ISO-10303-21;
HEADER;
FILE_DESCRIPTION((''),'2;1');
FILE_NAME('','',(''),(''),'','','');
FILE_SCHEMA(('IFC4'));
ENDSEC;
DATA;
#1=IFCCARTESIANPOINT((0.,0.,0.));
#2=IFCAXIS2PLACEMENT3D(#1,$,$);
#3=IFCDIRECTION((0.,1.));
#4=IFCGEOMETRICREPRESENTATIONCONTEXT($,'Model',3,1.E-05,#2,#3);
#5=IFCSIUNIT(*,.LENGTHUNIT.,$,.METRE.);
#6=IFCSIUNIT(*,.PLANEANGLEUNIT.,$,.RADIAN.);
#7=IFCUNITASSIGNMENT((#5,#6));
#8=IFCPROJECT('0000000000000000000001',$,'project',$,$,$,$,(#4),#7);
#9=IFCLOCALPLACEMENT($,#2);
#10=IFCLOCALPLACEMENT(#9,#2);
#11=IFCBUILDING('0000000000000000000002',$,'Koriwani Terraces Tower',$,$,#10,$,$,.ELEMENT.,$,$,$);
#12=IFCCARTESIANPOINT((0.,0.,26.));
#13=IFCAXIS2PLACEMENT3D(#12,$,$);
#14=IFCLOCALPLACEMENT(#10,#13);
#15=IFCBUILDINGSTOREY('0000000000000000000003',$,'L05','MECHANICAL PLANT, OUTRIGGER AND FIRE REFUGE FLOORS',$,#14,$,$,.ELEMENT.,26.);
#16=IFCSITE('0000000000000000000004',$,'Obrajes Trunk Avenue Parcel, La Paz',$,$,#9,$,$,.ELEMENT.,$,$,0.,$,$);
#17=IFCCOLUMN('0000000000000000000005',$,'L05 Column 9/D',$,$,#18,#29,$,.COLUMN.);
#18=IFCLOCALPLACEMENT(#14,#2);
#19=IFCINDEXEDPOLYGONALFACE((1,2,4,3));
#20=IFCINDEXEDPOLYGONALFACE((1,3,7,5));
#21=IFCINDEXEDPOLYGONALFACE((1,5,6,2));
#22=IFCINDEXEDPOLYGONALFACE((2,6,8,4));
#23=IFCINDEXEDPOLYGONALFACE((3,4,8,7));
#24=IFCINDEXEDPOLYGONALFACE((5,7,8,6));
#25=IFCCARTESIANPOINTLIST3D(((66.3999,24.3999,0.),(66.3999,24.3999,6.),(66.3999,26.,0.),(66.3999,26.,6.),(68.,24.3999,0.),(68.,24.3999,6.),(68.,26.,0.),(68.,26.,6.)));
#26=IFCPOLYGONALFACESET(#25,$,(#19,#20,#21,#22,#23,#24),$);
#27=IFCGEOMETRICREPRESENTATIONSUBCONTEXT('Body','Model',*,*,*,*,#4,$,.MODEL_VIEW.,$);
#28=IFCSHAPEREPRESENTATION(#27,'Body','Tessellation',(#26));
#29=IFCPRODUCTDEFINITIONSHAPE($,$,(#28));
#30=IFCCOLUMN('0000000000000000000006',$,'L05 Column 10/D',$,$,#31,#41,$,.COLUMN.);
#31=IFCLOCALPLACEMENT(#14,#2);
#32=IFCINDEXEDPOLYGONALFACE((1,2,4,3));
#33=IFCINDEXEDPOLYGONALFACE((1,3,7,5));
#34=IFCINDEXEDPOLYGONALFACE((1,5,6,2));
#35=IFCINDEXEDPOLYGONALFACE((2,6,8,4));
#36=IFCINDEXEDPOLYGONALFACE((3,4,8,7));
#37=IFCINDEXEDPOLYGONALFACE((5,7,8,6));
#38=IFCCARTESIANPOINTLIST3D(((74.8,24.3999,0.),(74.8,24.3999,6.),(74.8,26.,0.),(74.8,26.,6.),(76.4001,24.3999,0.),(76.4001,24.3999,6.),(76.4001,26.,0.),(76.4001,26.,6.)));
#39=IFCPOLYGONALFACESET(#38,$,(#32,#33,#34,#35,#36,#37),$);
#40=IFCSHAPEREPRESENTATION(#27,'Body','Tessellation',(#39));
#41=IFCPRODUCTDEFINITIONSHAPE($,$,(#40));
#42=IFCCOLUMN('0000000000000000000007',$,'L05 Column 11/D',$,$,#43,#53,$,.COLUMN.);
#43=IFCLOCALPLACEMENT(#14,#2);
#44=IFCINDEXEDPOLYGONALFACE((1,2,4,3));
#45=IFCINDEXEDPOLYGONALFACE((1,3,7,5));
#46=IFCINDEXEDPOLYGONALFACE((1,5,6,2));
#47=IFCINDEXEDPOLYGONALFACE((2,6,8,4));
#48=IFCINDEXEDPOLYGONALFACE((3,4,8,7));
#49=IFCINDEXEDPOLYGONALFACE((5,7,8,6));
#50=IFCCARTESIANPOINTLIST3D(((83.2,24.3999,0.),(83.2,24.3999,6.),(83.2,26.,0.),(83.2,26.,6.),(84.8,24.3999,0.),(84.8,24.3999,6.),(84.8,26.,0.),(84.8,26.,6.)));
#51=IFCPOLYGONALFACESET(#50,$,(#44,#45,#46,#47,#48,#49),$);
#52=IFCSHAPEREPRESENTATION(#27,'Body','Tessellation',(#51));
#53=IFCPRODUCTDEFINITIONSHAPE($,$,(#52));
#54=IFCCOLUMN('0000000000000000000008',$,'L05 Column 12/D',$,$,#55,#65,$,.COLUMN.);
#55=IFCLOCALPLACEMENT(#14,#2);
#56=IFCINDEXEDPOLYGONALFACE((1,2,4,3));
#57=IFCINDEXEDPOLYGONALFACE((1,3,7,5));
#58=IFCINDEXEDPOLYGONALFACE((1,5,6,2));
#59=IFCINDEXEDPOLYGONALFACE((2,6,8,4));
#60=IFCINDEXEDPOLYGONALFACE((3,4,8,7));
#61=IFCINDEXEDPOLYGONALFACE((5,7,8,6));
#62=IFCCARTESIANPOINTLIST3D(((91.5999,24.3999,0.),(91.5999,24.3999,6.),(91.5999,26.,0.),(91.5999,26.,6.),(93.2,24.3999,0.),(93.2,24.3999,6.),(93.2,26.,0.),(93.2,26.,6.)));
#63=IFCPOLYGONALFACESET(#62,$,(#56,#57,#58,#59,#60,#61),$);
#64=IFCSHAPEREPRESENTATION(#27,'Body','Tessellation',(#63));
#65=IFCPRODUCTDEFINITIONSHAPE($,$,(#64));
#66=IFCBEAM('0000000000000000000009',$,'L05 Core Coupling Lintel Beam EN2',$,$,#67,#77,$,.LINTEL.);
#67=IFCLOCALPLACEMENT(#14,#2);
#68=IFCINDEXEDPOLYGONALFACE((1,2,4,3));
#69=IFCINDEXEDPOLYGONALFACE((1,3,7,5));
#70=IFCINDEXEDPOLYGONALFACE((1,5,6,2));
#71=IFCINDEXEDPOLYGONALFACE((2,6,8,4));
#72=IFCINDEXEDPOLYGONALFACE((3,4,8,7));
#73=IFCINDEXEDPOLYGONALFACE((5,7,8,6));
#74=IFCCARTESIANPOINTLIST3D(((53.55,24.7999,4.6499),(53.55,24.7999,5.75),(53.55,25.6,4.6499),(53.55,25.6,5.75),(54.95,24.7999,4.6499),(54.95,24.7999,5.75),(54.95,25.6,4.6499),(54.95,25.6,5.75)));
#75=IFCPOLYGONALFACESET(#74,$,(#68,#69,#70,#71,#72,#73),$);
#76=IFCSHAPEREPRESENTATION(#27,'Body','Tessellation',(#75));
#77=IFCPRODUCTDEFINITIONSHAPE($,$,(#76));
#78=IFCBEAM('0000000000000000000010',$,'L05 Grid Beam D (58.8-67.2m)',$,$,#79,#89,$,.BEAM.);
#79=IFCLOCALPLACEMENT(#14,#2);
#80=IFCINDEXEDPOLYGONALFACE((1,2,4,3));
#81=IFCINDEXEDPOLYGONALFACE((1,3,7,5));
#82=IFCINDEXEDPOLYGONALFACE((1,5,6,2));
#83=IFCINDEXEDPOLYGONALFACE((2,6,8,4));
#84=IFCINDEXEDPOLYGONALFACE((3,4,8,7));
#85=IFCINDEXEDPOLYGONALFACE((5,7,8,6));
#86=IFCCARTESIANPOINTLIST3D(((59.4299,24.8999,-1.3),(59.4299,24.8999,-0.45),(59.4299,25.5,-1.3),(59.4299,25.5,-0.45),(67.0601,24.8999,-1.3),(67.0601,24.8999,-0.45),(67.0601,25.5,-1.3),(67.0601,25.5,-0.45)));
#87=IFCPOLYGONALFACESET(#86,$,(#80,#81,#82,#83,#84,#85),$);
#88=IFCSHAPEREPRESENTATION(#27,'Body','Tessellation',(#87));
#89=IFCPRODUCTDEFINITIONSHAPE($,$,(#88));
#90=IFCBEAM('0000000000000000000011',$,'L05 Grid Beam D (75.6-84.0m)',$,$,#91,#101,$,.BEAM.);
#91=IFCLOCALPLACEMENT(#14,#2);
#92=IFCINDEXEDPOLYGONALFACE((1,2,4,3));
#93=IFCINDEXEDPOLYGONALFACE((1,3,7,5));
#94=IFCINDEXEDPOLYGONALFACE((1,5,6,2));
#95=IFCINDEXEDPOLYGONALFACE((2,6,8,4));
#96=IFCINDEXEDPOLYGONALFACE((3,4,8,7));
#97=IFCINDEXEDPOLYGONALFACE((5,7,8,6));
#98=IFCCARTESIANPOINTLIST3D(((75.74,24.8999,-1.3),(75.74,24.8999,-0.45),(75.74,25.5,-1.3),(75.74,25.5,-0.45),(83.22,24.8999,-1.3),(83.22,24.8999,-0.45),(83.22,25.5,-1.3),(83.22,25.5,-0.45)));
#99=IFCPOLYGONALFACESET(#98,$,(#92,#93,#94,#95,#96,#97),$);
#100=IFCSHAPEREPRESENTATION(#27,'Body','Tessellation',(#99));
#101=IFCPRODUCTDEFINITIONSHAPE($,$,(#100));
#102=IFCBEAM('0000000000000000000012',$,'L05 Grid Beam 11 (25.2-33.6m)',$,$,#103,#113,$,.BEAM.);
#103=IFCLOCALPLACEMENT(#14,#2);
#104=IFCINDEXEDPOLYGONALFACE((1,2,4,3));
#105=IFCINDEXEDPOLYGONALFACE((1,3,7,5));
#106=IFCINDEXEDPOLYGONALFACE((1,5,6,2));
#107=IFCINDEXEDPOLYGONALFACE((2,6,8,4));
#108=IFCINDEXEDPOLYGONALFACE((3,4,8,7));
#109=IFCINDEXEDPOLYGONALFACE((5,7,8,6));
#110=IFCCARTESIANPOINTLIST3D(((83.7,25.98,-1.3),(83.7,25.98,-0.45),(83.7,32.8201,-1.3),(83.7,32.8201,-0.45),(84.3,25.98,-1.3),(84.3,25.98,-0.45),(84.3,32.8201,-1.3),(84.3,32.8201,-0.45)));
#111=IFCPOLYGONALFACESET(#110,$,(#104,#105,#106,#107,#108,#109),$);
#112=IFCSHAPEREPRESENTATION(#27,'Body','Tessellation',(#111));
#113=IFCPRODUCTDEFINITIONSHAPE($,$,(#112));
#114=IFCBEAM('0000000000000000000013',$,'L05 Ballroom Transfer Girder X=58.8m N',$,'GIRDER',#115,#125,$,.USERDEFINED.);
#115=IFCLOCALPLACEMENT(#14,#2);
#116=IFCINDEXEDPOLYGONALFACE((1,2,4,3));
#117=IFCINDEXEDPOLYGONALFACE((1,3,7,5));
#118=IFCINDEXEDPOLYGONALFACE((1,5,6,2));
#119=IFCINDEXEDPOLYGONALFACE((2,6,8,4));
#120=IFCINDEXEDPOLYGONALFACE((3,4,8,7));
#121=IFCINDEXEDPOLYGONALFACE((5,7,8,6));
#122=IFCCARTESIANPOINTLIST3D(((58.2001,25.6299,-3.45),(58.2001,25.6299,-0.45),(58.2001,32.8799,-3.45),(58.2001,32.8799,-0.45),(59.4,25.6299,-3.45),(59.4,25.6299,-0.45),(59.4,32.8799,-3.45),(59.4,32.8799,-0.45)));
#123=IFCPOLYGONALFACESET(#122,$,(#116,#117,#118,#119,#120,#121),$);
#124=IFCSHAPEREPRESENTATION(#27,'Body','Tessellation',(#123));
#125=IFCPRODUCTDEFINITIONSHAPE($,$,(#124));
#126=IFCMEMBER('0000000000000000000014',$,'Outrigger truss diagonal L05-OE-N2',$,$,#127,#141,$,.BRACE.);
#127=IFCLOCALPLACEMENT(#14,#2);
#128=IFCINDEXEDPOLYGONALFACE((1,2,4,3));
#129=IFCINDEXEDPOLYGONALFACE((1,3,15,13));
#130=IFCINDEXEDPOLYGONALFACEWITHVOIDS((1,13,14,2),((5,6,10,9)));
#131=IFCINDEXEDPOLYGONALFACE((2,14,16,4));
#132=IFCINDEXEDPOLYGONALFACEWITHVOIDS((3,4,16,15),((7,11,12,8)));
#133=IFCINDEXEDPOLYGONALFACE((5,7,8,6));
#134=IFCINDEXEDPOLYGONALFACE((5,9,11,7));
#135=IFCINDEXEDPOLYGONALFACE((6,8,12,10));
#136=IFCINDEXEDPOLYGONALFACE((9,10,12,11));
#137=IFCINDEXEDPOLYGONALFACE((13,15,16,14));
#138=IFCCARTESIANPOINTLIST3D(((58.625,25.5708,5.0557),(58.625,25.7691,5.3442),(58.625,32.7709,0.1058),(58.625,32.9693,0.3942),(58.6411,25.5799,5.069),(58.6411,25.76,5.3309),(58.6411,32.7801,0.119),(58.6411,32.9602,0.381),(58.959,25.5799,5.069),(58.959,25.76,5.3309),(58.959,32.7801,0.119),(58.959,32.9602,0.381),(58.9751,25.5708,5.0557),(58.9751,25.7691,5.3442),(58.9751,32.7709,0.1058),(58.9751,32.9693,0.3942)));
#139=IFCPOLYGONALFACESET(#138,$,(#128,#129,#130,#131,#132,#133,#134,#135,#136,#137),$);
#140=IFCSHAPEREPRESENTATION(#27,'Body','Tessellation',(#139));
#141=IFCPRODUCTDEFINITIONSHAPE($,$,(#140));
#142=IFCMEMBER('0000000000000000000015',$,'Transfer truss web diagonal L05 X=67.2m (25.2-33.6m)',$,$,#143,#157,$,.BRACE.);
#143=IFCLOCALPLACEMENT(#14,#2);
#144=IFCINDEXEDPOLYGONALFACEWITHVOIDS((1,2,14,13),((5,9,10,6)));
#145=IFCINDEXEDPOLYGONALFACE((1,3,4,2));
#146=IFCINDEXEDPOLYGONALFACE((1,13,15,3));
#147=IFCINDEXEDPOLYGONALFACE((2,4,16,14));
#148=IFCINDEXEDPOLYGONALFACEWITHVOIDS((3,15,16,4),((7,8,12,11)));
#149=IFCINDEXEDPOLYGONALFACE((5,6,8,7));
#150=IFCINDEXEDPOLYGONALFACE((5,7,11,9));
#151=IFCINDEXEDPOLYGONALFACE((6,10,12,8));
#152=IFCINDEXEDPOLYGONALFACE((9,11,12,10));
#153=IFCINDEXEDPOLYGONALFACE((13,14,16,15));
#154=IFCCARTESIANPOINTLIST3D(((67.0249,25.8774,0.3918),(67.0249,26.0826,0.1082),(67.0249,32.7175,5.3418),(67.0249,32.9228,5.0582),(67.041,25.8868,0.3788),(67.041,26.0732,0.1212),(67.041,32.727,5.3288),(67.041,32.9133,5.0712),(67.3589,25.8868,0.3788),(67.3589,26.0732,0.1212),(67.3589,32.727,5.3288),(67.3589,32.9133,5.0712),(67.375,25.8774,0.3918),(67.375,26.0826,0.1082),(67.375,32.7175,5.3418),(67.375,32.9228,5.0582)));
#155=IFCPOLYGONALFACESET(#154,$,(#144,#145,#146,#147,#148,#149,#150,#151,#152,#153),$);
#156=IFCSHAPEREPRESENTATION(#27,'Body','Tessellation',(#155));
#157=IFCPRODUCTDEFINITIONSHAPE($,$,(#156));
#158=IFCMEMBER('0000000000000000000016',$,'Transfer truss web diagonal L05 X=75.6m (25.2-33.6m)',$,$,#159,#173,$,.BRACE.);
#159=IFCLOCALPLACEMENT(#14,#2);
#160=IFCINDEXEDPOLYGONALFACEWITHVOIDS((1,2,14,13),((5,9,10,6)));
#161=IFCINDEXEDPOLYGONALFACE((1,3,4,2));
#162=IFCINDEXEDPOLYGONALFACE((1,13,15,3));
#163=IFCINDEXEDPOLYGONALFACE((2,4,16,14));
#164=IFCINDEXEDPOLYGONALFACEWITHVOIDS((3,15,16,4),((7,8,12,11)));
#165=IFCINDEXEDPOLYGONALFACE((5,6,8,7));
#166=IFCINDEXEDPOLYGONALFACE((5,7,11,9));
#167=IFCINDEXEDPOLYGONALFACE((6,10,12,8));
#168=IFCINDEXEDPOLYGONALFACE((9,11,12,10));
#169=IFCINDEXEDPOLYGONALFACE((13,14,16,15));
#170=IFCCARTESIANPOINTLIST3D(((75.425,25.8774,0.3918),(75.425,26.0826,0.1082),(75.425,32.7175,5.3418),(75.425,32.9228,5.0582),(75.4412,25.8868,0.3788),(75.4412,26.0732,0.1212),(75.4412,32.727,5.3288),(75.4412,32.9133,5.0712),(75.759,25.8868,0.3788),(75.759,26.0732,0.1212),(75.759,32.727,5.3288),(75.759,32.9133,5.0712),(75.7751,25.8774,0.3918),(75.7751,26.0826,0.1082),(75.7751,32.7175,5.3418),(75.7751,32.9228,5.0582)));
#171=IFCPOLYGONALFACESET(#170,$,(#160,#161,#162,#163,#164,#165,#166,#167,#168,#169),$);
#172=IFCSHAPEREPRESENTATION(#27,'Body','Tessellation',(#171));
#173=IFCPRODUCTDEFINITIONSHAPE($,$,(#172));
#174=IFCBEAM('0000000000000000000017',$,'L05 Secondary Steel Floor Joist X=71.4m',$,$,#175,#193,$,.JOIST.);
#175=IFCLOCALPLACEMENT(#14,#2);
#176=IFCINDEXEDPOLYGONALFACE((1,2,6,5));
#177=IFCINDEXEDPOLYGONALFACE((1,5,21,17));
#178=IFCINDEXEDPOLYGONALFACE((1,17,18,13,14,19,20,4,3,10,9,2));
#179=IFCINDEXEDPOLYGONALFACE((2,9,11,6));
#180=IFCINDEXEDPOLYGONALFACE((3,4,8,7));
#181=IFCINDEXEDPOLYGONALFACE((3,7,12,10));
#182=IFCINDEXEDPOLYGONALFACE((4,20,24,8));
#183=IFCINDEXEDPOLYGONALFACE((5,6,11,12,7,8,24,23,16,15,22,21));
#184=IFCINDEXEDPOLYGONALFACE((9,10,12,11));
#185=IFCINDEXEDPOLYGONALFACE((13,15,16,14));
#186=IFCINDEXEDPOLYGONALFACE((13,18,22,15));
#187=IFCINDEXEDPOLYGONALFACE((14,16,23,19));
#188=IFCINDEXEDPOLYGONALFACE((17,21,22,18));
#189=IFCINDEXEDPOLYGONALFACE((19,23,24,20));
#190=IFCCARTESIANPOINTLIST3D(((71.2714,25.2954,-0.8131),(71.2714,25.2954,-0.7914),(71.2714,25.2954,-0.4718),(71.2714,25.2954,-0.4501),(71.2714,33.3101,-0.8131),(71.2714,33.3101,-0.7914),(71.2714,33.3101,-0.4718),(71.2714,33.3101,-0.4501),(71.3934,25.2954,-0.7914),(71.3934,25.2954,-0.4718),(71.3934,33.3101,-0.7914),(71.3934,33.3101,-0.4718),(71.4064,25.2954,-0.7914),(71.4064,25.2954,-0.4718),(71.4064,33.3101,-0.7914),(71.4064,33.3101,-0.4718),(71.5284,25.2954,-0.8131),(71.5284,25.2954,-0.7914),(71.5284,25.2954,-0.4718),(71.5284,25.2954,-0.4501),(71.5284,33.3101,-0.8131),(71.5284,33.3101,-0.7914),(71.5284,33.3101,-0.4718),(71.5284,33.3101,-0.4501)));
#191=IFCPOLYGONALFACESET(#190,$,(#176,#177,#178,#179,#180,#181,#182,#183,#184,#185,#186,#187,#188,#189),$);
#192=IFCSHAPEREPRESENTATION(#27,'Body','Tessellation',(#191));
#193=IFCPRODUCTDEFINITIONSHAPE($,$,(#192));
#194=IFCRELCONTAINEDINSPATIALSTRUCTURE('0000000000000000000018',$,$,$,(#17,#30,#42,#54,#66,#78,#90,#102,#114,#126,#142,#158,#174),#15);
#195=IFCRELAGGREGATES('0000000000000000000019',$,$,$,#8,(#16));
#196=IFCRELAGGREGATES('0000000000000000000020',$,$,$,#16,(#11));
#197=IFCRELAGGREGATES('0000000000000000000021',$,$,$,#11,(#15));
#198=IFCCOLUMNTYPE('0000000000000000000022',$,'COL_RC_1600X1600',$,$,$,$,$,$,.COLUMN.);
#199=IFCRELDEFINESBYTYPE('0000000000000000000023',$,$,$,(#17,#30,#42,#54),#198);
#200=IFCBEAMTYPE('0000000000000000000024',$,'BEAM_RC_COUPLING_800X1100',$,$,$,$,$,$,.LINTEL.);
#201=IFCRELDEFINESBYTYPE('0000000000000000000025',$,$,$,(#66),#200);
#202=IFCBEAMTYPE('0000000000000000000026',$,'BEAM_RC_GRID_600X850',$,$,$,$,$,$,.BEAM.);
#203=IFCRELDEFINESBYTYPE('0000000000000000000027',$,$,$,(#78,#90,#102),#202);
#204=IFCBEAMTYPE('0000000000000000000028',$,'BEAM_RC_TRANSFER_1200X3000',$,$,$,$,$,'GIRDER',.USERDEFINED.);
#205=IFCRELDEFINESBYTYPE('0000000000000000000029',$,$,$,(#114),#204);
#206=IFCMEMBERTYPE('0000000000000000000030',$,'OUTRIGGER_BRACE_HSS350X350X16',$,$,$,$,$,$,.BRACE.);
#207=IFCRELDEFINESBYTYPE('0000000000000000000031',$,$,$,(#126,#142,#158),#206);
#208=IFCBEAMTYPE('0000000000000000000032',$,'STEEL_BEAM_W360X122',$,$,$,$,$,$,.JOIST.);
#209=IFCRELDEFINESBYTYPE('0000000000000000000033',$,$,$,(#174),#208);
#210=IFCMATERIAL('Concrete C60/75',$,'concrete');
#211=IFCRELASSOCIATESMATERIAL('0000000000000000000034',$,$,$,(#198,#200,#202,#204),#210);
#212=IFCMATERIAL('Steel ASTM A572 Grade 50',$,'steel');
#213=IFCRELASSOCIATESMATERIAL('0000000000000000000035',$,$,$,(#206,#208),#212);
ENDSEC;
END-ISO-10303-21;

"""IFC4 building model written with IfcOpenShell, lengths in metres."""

from ifc_helpers import new_model, si_unit, direction, frame, origin, origin_2d, place, context, subcontext, project, spatial, rectangle, hollow_rectangle, i_section, extrude, material, material_profile, profile_set, type_object, element, save


model = new_model("IFC4")

# Units and contexts
model_context = context("Model", 3, precision=1e-05, world=origin(), true_north=direction((0.0, 1.0)))
body_context = subcontext(model_context, "Body", "Model", "MODEL_VIEW")
ifc_project = project(units=[si_unit("LENGTHUNIT", "METRE"), si_unit("PLANEANGLEUNIT", "RADIAN")], contexts=[model_context])

# Site, building, storey
site_placement = place(None, origin())
site = spatial("IfcSite", under=ifc_project, at=site_placement, Name="Obrajes Trunk Avenue Parcel, La Paz", CompositionType="ELEMENT", RefElevation=0.0)
building_placement = place(site_placement, origin())
building = spatial("IfcBuilding", under=site, at=building_placement, Name="Koriwani Terraces Tower", CompositionType="ELEMENT")
storey_placement = place(building_placement, frame((0.0, 0.0, 26.0)))
storey = spatial("IfcBuildingStorey", under=building, at=storey_placement, Name="L05", Description="MECHANICAL PLANT, OUTRIGGER AND FIRE REFUGE FLOORS", CompositionType="ELEMENT", Elevation=26.0)

# Columns
ifc_material_1 = material(Name="Concrete C60/75", Category="concrete")
ifc_material_profile_1 = material_profile(ifc_material_1, rectangle(XDim=1.6001, YDim=1.6001, at=origin_2d()), Name="Concrete C60/75", Category="LoadBearing")
ifc_profile_set_1 = profile_set([ifc_material_profile_1], Name="Concrete C60/75")
column_type = type_object("IfcColumnType", Name="COL_RC_1600X1600", PredefinedType="COLUMN", material=ifc_profile_set_1)
for number, where, z_axis, x_axis, name in (
    (1, (67.2, 25.2, 0.0), (0.0, 0.0, 1.0), (1.0, 0.0, 0.0), "L05 Column 9/D"),
    (2, (75.6001, 25.2, 0.0), (0.0, 0.0, 1.0), (1.0, 0.0, 0.0), "L05 Column 10/D"),
    (3, (84.0, 25.2, 0.0), (0.0, 0.0, 1.0), (1.0, 0.0, 0.0), "L05 Column 11/D"),
    (4, (92.3999, 25.2, 0.0), (0.0, 0.0, 1.0), (1.0, 0.0, 0.0), "L05 Column 12/D"),
):
    element("IfcColumn", number, at=place(storey_placement, frame(where, z_axis=z_axis, x_axis=x_axis)), inside=storey, type_object=column_type, Name=name, PredefinedType="COLUMN", context=body_context, shape_type="SweptSolid", body=[
        extrude(rectangle(XDim=1.6001, YDim=1.6001, at=origin_2d()), origin(), (0.0, 0.0, 1.0), 6.0),
    ])

# Beams
ifc_material_profile_2 = material_profile(ifc_material_1, rectangle(XDim=0.8, YDim=1.1001, at=origin_2d()), Name="Concrete C60/75", Category="LoadBearing")
ifc_profile_set_2 = profile_set([ifc_material_profile_2], Name="Concrete C60/75")
beam_type_1 = type_object("IfcBeamType", Name="BEAM_RC_COUPLING_800X1100", PredefinedType="LINTEL", material=ifc_profile_set_2)
beam_1_placement = place(storey_placement, frame((53.55, 25.2, 5.2), z_axis=(1.0, 0.0, 0.0), x_axis=(0.0, 1.0, 0.0)))
element("IfcBeam", 5, at=beam_1_placement, inside=storey, type_object=beam_type_1, Name="L05 Core Coupling Lintel Beam EN2", PredefinedType="LINTEL", context=body_context, shape_type="SweptSolid", body=[
    extrude(rectangle(XDim=0.8, YDim=1.1001, at=origin_2d()), origin(), (0.0, 0.0, 1.0), 1.3999),
])
ifc_material_profile_3 = material_profile(ifc_material_1, rectangle(XDim=0.6001, YDim=0.8501, at=origin_2d()), Name="Concrete C60/75", Category="LoadBearing")
ifc_profile_set_3 = profile_set([ifc_material_profile_3], Name="Concrete C60/75")
beam_type_2 = type_object("IfcBeamType", Name="BEAM_RC_GRID_600X850", PredefinedType="BEAM", material=ifc_profile_set_3)
beam_2_placement = place(storey_placement, frame((59.4299, 25.2, -0.875), z_axis=(1.0, 0.0, 0.0), x_axis=(0.0, 1.0, 0.0)))
element("IfcBeam", 6, at=beam_2_placement, inside=storey, type_object=beam_type_2, Name="L05 Grid Beam D (58.8-67.2m)", PredefinedType="BEAM", context=body_context, shape_type="SweptSolid", body=[
    extrude(rectangle(XDim=0.6001, YDim=0.8501, at=origin_2d()), origin(), (0.0, 0.0, 1.0), 7.6301),
])
beam_3_placement = place(storey_placement, frame((75.74, 25.2, -0.875), z_axis=(1.0, 0.0, 0.0), x_axis=(0.0, 1.0, 0.0)))
element("IfcBeam", 7, at=beam_3_placement, inside=storey, type_object=beam_type_2, Name="L05 Grid Beam D (75.6-84.0m)", PredefinedType="BEAM", context=body_context, shape_type="SweptSolid", body=[
    extrude(rectangle(XDim=0.6001, YDim=0.8501, at=origin_2d()), origin(), (0.0, 0.0, 1.0), 7.48),
])
beam_4_placement = place(storey_placement, frame((84.0, 25.98, -0.875), z_axis=(0.0, 1.0, 0.0), x_axis=(-1.0, 0.0, 0.0)))
element("IfcBeam", 8, at=beam_4_placement, inside=storey, type_object=beam_type_2, Name="L05 Grid Beam 11 (25.2-33.6m)", PredefinedType="BEAM", context=body_context, shape_type="SweptSolid", body=[
    extrude(rectangle(XDim=0.6001, YDim=0.8501, at=origin_2d()), origin(), (0.0, 0.0, 1.0), 6.8401),
])
ifc_material_profile_4 = material_profile(ifc_material_1, rectangle(XDim=1.2, YDim=3.0, at=origin_2d()), Name="Concrete C60/75", Category="LoadBearing")
ifc_profile_set_4 = profile_set([ifc_material_profile_4], Name="Concrete C60/75")
beam_type_3 = type_object("IfcBeamType", Name="BEAM_RC_TRANSFER_1200X3000", ElementType="GIRDER", PredefinedType="USERDEFINED", material=ifc_profile_set_4)
beam_5_placement = place(storey_placement, frame((58.8, 25.6299, -1.95), z_axis=(0.0, 1.0, 0.0), x_axis=(-1.0, 0.0, 0.0)))
element("IfcBeam", 9, at=beam_5_placement, inside=storey, type_object=beam_type_3, Name="L05 Ballroom Transfer Girder X=58.8m N", ObjectType="GIRDER", PredefinedType="USERDEFINED", context=body_context, shape_type="SweptSolid", body=[
    extrude(rectangle(XDim=1.2, YDim=3.0, at=origin_2d()), origin(), (0.0, 0.0, 1.0), 7.25),
])

# Members
ifc_material_2 = material(Name="Steel ASTM A572 Grade 50", Category="steel")
ifc_material_profile_5 = material_profile(ifc_material_2, hollow_rectangle(XDim=0.3501, YDim=0.3501, WallThickness=0.0161, at=origin_2d()), Name="Steel ASTM A572 Grade 50", Category="LoadBearing")
ifc_profile_set_5 = profile_set([ifc_material_profile_5], Name="Steel ASTM A572 Grade 50")
member_type = type_object("IfcMemberType", Name="OUTRIGGER_BRACE_HSS350X350X16", PredefinedType="BRACE", material=ifc_profile_set_5)
member_placement = place(storey_placement, frame((58.8, 32.8701, 0.25), z_axis=(0.0, -0.824052, 0.566515), x_axis=(1.0, 0.0, 0.0)))
element("IfcMember", 10, at=member_placement, inside=storey, type_object=member_type, Name="Outrigger truss diagonal L05-OE-N2", PredefinedType="BRACE", context=body_context, shape_type="SweptSolid", body=[
    extrude(hollow_rectangle(XDim=0.3501, YDim=0.3501, WallThickness=0.0161, at=origin_2d()), origin(), (0.0, 0.0, 1.0), 8.7375),
])
for number, where, z_axis, x_axis, name in (
    (11, (67.2, 25.98, 0.25), (0.0, 0.810123, 0.58626), (-1.0, 0.0, 0.0), "Transfer truss web diagonal L05 X=67.2m (25.2-33.6m)"),
    (12, (75.6001, 25.98, 0.25), (0.0, 0.810123, 0.58626), (-1.0, 0.0, 0.0), "Transfer truss web diagonal L05 X=75.6m (25.2-33.6m)"),
):
    element("IfcMember", number, at=place(storey_placement, frame(where, z_axis=z_axis, x_axis=x_axis)), inside=storey, type_object=member_type, Name=name, PredefinedType="BRACE", context=body_context, shape_type="SweptSolid", body=[
        extrude(hollow_rectangle(XDim=0.3501, YDim=0.3501, WallThickness=0.0161, at=origin_2d()), origin(), (0.0, 0.0, 1.0), 8.4434),
    ])

# Beam
ifc_material_profile_6 = material_profile(ifc_material_2, i_section(OverallWidth=0.2571, OverallDepth=0.363, WebThickness=0.0129, FlangeThickness=0.0217, at=origin_2d()), Name="Steel ASTM A572 Grade 50", Category="LoadBearing")
ifc_profile_set_6 = profile_set([ifc_material_profile_6], Name="Steel ASTM A572 Grade 50")
beam_type_4 = type_object("IfcBeamType", Name="STEEL_BEAM_W360X122", PredefinedType="JOIST", material=ifc_profile_set_6)
for number, where, z_axis, x_axis, name in (
    (13, (71.3999, 25.2954, -0.6316), (0.0, 1.0, 0.0), (-1.0, 0.0, 0.0), "L05 Secondary Steel Floor Joist X=71.4m"),
):
    element("IfcBeam", number, at=place(storey_placement, frame(where, z_axis=z_axis, x_axis=x_axis)), inside=storey, type_object=beam_type_4, Name=name, PredefinedType="JOIST", context=body_context, shape_type="SweptSolid", body=[
        extrude(i_section(OverallWidth=0.2571, OverallDepth=0.363, WebThickness=0.0129, FlangeThickness=0.0217, at=origin_2d()), origin(), (0.0, 0.0, 1.0), 8.0146),
    ])

save(model, "model.ifc")
